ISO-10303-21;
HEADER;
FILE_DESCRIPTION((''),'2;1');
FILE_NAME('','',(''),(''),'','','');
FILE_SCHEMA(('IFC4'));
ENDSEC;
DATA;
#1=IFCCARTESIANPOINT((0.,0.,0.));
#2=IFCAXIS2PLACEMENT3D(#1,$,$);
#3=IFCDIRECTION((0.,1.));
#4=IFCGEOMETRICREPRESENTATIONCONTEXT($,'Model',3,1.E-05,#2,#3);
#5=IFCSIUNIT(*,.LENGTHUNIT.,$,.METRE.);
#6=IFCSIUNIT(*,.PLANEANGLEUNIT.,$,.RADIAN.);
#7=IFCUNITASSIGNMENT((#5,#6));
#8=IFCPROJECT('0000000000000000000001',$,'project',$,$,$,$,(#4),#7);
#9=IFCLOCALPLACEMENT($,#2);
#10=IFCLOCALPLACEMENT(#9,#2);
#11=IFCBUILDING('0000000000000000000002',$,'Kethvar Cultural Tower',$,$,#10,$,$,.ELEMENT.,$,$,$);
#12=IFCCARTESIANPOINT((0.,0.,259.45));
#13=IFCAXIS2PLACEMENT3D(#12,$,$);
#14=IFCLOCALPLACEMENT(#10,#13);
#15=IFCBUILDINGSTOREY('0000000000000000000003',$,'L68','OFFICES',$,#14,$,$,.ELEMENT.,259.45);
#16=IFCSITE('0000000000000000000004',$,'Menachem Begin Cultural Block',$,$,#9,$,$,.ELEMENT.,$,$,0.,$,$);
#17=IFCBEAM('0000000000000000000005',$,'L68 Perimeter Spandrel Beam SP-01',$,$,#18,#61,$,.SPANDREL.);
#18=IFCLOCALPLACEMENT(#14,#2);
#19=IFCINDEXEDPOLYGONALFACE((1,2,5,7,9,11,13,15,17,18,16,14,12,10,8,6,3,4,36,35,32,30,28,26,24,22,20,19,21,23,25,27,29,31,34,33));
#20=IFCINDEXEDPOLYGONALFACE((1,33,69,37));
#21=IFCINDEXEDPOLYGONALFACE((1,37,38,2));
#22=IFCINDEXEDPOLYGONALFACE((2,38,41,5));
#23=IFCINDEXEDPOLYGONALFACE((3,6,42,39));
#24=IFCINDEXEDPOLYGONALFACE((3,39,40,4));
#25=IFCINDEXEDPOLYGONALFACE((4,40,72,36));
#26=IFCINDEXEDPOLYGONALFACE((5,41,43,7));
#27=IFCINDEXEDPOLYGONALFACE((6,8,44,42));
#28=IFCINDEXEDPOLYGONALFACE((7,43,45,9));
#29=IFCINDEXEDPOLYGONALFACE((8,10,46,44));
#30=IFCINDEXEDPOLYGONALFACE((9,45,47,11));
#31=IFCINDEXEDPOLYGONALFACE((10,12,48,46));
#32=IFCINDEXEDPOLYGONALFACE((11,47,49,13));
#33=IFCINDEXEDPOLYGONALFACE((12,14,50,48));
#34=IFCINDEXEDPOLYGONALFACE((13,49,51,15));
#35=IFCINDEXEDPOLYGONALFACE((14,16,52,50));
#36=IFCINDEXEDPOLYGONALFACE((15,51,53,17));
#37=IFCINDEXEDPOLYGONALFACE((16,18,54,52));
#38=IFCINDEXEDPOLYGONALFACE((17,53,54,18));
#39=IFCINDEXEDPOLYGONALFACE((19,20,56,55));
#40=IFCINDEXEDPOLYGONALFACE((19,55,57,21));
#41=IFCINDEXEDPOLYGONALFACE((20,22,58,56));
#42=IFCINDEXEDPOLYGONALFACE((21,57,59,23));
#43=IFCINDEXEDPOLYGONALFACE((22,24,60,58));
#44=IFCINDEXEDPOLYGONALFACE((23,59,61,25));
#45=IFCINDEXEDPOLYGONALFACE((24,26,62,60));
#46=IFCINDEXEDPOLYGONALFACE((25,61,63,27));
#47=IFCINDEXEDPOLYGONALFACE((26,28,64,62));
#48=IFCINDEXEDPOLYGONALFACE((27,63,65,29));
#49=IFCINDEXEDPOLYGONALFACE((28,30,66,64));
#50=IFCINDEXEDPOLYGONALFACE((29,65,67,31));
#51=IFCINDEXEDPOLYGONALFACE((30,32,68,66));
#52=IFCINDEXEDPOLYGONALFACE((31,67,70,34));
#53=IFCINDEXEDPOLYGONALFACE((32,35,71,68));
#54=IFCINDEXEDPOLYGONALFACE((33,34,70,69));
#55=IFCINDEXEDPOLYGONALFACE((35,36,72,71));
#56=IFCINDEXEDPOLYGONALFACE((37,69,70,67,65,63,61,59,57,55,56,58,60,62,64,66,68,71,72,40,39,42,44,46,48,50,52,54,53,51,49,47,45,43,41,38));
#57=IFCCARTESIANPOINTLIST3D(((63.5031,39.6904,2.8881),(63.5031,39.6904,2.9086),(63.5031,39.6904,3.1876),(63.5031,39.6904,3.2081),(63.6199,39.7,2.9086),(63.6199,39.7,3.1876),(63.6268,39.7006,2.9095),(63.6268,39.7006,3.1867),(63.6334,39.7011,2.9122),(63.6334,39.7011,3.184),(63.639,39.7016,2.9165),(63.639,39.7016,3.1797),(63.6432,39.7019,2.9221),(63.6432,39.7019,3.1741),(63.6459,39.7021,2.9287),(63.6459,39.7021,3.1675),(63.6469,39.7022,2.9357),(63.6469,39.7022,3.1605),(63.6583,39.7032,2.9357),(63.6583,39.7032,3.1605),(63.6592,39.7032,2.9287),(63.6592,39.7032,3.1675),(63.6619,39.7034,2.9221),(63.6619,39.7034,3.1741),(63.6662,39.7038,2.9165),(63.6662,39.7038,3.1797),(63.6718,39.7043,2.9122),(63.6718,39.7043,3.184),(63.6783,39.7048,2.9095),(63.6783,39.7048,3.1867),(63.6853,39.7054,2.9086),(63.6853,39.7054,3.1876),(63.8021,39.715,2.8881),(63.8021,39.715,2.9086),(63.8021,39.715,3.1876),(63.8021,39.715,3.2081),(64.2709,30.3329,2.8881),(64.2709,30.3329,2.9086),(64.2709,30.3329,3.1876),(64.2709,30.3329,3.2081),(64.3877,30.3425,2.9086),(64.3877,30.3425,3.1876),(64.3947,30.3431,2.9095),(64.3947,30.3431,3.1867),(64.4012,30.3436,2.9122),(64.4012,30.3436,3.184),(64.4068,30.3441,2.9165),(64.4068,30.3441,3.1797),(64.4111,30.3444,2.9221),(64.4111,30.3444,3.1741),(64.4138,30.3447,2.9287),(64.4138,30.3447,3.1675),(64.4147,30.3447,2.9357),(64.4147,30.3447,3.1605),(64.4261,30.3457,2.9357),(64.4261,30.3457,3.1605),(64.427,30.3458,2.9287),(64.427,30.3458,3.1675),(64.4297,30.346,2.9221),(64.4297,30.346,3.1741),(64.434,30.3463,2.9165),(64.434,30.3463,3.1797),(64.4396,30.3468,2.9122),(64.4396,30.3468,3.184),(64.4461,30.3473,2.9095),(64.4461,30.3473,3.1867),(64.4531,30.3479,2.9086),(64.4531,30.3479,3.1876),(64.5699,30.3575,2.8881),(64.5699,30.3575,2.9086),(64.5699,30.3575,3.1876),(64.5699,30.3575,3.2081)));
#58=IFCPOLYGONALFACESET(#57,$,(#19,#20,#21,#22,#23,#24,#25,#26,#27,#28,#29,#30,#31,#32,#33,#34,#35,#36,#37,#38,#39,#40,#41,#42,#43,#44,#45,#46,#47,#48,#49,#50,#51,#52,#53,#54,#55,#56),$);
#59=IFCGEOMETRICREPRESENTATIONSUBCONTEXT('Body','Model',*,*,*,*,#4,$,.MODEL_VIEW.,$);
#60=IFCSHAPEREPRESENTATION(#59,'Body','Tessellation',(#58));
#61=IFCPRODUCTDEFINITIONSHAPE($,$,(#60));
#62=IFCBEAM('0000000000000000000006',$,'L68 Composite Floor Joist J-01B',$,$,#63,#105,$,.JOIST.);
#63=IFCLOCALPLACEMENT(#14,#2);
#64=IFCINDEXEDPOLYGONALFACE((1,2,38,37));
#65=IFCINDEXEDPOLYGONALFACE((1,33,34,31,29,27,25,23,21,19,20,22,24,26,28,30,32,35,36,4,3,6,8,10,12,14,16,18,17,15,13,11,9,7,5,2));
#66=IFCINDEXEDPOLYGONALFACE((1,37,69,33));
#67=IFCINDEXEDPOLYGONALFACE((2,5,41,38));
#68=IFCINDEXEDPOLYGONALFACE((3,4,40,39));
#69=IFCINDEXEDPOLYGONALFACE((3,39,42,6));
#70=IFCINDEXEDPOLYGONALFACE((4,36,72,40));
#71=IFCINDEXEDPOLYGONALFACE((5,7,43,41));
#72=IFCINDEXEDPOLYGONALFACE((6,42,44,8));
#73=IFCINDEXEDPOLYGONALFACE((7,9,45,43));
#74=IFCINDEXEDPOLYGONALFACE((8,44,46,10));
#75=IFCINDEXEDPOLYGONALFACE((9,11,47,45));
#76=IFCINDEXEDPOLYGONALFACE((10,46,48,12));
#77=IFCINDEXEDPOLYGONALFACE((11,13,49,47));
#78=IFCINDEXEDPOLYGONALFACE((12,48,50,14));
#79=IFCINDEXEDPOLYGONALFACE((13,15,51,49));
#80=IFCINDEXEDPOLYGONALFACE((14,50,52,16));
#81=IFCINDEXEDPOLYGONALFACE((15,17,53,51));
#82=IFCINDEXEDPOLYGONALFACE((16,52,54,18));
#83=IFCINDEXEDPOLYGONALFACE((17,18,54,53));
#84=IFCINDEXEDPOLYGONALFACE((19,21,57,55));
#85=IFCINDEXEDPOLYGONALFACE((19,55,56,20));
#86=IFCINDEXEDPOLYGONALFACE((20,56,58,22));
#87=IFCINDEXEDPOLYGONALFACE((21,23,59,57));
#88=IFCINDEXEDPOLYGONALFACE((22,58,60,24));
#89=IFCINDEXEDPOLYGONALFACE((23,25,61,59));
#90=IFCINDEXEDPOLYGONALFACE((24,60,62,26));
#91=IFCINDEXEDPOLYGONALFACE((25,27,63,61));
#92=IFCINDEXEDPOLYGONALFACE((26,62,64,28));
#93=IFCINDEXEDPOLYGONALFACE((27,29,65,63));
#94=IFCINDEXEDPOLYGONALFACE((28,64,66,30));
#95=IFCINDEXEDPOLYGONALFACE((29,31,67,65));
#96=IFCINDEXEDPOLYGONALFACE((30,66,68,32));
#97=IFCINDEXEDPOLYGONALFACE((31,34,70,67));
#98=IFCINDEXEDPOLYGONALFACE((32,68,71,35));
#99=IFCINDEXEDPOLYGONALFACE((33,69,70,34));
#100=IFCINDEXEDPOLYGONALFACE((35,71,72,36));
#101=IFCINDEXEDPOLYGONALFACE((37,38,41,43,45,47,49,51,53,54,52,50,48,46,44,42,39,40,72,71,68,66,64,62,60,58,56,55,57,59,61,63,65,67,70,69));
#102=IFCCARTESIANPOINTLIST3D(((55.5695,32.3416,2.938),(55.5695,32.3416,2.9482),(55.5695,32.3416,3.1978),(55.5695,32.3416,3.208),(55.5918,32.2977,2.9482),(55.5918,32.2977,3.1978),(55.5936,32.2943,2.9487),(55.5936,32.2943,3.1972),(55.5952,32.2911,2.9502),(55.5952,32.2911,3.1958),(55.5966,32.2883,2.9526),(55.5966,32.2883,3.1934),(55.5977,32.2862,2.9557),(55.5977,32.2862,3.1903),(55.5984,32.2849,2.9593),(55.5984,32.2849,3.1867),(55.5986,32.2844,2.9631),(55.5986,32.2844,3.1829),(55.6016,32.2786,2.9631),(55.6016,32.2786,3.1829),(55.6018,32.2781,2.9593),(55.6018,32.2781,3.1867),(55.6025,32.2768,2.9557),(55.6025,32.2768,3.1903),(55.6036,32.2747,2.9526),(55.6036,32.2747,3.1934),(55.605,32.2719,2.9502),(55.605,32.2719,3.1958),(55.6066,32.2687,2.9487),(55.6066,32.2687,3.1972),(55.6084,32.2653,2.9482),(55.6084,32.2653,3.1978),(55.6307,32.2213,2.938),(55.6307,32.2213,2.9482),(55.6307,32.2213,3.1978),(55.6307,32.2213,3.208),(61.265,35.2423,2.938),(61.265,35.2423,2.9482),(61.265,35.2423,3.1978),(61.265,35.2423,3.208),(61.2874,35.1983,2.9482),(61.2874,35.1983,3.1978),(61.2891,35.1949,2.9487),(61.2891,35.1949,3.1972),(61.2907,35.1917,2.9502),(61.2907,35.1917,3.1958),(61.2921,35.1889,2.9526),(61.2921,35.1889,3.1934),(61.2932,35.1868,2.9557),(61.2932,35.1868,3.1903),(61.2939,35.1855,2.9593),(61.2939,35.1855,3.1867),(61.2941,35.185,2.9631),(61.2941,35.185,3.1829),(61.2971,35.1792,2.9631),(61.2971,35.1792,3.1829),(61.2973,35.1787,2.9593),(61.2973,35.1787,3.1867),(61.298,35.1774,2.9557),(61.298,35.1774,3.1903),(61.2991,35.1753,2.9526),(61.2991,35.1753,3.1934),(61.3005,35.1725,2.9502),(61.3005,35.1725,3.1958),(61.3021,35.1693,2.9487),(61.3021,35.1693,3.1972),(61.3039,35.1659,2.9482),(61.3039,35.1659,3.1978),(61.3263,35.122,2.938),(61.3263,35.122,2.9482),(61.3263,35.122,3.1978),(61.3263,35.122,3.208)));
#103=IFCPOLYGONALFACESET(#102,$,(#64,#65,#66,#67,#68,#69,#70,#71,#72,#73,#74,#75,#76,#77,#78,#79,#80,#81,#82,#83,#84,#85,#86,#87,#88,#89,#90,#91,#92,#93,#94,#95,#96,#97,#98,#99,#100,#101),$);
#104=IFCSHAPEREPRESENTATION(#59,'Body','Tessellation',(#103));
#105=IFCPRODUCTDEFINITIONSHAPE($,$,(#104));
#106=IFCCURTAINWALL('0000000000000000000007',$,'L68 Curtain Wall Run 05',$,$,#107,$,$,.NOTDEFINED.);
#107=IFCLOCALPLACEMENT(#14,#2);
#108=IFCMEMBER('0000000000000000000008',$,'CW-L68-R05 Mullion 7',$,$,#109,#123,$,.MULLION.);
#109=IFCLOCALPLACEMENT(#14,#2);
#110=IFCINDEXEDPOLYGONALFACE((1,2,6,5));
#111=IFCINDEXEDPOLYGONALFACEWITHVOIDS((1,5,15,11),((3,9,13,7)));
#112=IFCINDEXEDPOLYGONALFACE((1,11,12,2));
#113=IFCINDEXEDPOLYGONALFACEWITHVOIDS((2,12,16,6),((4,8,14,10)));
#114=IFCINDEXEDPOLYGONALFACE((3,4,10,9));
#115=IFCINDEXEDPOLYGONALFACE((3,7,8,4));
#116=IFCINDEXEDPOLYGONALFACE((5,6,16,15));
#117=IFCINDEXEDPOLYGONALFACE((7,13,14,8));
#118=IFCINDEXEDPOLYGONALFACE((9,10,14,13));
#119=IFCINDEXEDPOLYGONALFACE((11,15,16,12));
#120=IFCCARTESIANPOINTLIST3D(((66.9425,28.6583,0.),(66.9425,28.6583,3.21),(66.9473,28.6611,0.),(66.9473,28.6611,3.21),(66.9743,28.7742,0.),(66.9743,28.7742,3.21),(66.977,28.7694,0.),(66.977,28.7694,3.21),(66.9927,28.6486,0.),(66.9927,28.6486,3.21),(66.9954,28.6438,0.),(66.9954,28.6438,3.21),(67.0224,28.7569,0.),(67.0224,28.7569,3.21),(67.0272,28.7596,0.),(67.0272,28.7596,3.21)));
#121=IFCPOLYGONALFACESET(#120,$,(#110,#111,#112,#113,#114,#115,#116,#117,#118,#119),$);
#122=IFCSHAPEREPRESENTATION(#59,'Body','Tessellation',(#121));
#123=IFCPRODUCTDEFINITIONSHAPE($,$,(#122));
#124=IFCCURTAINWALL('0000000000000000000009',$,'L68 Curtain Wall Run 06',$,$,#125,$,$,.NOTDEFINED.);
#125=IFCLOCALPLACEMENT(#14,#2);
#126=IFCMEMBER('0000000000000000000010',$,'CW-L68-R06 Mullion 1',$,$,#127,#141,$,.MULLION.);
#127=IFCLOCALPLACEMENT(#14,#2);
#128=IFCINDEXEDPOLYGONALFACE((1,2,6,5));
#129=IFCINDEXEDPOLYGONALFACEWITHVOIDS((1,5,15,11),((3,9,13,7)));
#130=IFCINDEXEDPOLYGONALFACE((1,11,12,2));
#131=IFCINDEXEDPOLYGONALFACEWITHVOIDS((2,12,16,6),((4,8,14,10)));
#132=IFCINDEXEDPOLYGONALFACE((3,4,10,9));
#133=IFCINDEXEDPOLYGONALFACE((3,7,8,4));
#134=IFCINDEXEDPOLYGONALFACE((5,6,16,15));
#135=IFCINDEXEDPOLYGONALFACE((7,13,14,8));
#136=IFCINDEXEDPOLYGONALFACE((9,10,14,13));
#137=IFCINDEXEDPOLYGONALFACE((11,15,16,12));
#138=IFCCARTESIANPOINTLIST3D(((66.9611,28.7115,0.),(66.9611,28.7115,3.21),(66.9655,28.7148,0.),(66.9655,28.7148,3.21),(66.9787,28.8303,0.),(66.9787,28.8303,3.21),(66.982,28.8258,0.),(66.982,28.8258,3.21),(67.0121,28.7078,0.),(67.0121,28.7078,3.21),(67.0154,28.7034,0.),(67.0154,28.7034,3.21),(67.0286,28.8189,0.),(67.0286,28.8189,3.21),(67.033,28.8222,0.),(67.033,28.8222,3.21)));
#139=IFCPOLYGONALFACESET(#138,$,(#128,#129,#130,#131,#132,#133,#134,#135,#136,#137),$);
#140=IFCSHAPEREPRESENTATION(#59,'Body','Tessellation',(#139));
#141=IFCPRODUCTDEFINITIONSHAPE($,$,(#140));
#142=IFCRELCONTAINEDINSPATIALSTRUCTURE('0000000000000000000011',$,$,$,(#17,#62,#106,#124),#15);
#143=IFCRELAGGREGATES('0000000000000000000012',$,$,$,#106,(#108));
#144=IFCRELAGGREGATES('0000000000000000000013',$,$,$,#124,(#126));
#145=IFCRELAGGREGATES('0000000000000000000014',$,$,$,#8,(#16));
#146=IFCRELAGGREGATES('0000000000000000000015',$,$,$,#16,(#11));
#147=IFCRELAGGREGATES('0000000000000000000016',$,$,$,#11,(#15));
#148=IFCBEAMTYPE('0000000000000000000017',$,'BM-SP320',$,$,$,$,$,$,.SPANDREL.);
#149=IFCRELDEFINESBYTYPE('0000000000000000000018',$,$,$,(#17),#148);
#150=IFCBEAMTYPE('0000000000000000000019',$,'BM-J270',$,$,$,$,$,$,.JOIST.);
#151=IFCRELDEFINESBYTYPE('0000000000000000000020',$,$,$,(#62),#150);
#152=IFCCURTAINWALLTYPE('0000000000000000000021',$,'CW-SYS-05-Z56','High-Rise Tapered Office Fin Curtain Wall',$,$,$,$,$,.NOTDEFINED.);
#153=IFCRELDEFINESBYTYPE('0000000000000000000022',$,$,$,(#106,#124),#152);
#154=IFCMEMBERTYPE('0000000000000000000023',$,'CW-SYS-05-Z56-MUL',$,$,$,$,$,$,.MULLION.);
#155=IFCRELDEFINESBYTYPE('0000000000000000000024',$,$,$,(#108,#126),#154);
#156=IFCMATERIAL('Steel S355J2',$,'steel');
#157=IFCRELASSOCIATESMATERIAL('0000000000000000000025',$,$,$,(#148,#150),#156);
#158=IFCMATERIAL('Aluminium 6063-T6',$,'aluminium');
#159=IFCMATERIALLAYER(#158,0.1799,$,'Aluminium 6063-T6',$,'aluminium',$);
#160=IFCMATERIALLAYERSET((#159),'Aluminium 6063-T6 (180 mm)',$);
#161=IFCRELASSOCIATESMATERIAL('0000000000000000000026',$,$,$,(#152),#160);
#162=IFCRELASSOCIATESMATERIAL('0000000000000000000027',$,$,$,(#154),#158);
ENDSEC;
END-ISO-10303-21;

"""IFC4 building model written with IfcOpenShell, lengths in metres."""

from ifc_helpers import new_model, si_unit, direction, frame, origin, origin_2d, place, context, subcontext, project, spatial, hollow_rectangle, i_section, extrude, source, transform, mapped, material, layer, layer_set, material_profile, profile_set, type_object, element, aggregate, save


model = new_model("IFC4")

# Units and contexts
model_context = context("Model", 3, precision=1e-05, world=origin(), true_north=direction((0.0, 1.0)))
body_context = subcontext(model_context, "Body", "Model", "MODEL_VIEW")
ifc_project = project(units=[si_unit("LENGTHUNIT", "METRE"), si_unit("PLANEANGLEUNIT", "RADIAN")], contexts=[model_context])

# Site, building, storey
site_placement = place(None, origin())
site = spatial("IfcSite", under=ifc_project, at=site_placement, Name="Menachem Begin Cultural Block", CompositionType="ELEMENT", RefElevation=0.0)
building_placement = place(site_placement, origin())
building = spatial("IfcBuilding", under=site, at=building_placement, Name="Kethvar Cultural Tower", CompositionType="ELEMENT")
storey_placement = place(building_placement, frame((0.0, 0.0, 259.45)))
storey = spatial("IfcBuildingStorey", under=building, at=storey_placement, Name="L68", Description="OFFICES", CompositionType="ELEMENT", Elevation=259.45)

# Beams
ifc_material_1 = material(Name="Steel S355J2", Category="steel")
ifc_material_profile_1 = material_profile(ifc_material_1, i_section(OverallWidth=0.3, OverallDepth=0.3201, WebThickness=0.0115, FlangeThickness=0.0205, FilletRadius=0.0271, at=origin_2d()), Name="Steel S355J2 — HEB320")
ifc_profile_set_1 = profile_set([ifc_material_profile_1], Name="Steel S355J2 — HEB320")
beam_type_1 = type_object("IfcBeamType", Name="BM-SP320", PredefinedType="SPANDREL", material=ifc_profile_set_1)
shared_shape_1 = source(origin(), body_context, "Body", "SweptSolid", [
    extrude(i_section(OverallWidth=0.3, OverallDepth=0.3201, WebThickness=0.0115, FlangeThickness=0.0205, FilletRadius=0.0271, at=origin_2d()), origin(), (0.0, 0.0, 1.0), 9.3889),
])
beam_1_placement = place(storey_placement, frame((64.4204, 30.3452, 3.0481), z_axis=(-0.08178, 0.99665, 0.0), x_axis=(-0.99665, -0.08178, 0.0)))
element("IfcBeam", 1, at=beam_1_placement, inside=storey, type_object=beam_type_1, Name="L68 Perimeter Spandrel Beam SP-01", PredefinedType="SPANDREL", context=body_context, shape_type="MappedRepresentation", body=[
    mapped(shared_shape_1, transform((0.0, 0.0, 0.0), scale=1.0)),
])
ifc_material_profile_2 = material_profile(ifc_material_1, i_section(OverallWidth=0.135, OverallDepth=0.27, WebThickness=0.0066, FlangeThickness=0.0103, FilletRadius=0.0149, at=origin_2d()), Name="Steel S355J2 — IPE270")
ifc_profile_set_2 = profile_set([ifc_material_profile_2], Name="Steel S355J2 — IPE270")
beam_type_2 = type_object("IfcBeamType", Name="BM-J270", PredefinedType="JOIST", material=ifc_profile_set_2)
shared_shape_2 = source(origin(), body_context, "Body", "SweptSolid", [
    extrude(i_section(OverallWidth=0.135, OverallDepth=0.27, WebThickness=0.0066, FlangeThickness=0.0103, FilletRadius=0.0149, at=origin_2d()), origin(), (0.0, 0.0, 1.0), 6.3916),
])
beam_2_placement = place(storey_placement, frame((55.6001, 32.2815, 3.073), z_axis=(0.891095, 0.453817, 0.0), x_axis=(-0.453817, 0.891095, 0.0)))
element("IfcBeam", 2, at=beam_2_placement, inside=storey, type_object=beam_type_2, Name="L68 Composite Floor Joist J-01B", PredefinedType="JOIST", context=body_context, shape_type="MappedRepresentation", body=[
    mapped(shared_shape_2, transform((0.0, 0.0, 0.0), scale=1.0)),
])

# Curtain walls, members
ifc_material_2 = material(Name="Aluminium 6063-T6", Category="aluminium")
ifc_layer_1 = layer(ifc_material_2, 0.1799, Name="Aluminium 6063-T6", Category="aluminium")
ifc_layer_set_1 = layer_set([ifc_layer_1], Name="Aluminium 6063-T6 (180 mm)")
curtain_wall_type = type_object("IfcCurtainWallType", Name="CW-SYS-05-Z56", Description="High-Rise Tapered Office Fin Curtain Wall", PredefinedType="NOTDEFINED", material=ifc_layer_set_1)
curtain_wall_1_placement = place(storey_placement, origin())
curtain_wall_1 = element("IfcCurtainWall", 3, at=curtain_wall_1_placement, inside=storey, type_object=curtain_wall_type, Name="L68 Curtain Wall Run 05", PredefinedType="NOTDEFINED")
ifc_material_profile_3 = material_profile(ifc_material_2, hollow_rectangle(XDim=0.0549, YDim=0.1201, WallThickness=0.0039, at=origin_2d()), Name="Aluminium 6063-T6 — RHS120x55x4")
ifc_profile_set_3 = profile_set([ifc_material_profile_3], Name="Aluminium 6063-T6 — RHS120x55x4")
member_type = type_object("IfcMemberType", Name="CW-SYS-05-Z56-MUL", PredefinedType="MULLION", material=ifc_profile_set_3)
shared_shape_3 = source(origin(), body_context, "Body", "SweptSolid", [
    extrude(hollow_rectangle(XDim=0.0549, YDim=0.1201, WallThickness=0.0039, at=origin_2d()), origin(), (0.0, 0.0, 1.0), 3.21),
])
member_1_placement = place(storey_placement, frame((66.9849, 28.709, 0.0), z_axis=(0.0, 0.0, 1.0), x_axis=(-0.964322, 0.264732, 0.0)))
member_1 = element("IfcMember", 4, at=member_1_placement, type_object=member_type, Name="CW-L68-R05 Mullion 7", PredefinedType="MULLION", context=body_context, shape_type="MappedRepresentation", body=[
    mapped(shared_shape_3, transform((0.0, 0.0, 0.0), scale=1.0)),
])
aggregate(curtain_wall_1, [member_1])
curtain_wall_2_placement = place(storey_placement, origin())
curtain_wall_2 = element("IfcCurtainWall", 5, at=curtain_wall_2_placement, inside=storey, type_object=curtain_wall_type, Name="L68 Curtain Wall Run 06", PredefinedType="NOTDEFINED")
member_2_placement = place(storey_placement, frame((66.9971, 28.7668, 0.0), z_axis=(0.0, 0.0, 1.0), x_axis=(-0.989198, 0.146584, 0.0)))
member_2 = element("IfcMember", 6, at=member_2_placement, type_object=member_type, Name="CW-L68-R06 Mullion 1", PredefinedType="MULLION", context=body_context, shape_type="MappedRepresentation", body=[
    mapped(shared_shape_3, transform((0.0, 0.0, 0.0), scale=1.0)),
])
aggregate(curtain_wall_2, [member_2])

save(model, "model.ifc")
